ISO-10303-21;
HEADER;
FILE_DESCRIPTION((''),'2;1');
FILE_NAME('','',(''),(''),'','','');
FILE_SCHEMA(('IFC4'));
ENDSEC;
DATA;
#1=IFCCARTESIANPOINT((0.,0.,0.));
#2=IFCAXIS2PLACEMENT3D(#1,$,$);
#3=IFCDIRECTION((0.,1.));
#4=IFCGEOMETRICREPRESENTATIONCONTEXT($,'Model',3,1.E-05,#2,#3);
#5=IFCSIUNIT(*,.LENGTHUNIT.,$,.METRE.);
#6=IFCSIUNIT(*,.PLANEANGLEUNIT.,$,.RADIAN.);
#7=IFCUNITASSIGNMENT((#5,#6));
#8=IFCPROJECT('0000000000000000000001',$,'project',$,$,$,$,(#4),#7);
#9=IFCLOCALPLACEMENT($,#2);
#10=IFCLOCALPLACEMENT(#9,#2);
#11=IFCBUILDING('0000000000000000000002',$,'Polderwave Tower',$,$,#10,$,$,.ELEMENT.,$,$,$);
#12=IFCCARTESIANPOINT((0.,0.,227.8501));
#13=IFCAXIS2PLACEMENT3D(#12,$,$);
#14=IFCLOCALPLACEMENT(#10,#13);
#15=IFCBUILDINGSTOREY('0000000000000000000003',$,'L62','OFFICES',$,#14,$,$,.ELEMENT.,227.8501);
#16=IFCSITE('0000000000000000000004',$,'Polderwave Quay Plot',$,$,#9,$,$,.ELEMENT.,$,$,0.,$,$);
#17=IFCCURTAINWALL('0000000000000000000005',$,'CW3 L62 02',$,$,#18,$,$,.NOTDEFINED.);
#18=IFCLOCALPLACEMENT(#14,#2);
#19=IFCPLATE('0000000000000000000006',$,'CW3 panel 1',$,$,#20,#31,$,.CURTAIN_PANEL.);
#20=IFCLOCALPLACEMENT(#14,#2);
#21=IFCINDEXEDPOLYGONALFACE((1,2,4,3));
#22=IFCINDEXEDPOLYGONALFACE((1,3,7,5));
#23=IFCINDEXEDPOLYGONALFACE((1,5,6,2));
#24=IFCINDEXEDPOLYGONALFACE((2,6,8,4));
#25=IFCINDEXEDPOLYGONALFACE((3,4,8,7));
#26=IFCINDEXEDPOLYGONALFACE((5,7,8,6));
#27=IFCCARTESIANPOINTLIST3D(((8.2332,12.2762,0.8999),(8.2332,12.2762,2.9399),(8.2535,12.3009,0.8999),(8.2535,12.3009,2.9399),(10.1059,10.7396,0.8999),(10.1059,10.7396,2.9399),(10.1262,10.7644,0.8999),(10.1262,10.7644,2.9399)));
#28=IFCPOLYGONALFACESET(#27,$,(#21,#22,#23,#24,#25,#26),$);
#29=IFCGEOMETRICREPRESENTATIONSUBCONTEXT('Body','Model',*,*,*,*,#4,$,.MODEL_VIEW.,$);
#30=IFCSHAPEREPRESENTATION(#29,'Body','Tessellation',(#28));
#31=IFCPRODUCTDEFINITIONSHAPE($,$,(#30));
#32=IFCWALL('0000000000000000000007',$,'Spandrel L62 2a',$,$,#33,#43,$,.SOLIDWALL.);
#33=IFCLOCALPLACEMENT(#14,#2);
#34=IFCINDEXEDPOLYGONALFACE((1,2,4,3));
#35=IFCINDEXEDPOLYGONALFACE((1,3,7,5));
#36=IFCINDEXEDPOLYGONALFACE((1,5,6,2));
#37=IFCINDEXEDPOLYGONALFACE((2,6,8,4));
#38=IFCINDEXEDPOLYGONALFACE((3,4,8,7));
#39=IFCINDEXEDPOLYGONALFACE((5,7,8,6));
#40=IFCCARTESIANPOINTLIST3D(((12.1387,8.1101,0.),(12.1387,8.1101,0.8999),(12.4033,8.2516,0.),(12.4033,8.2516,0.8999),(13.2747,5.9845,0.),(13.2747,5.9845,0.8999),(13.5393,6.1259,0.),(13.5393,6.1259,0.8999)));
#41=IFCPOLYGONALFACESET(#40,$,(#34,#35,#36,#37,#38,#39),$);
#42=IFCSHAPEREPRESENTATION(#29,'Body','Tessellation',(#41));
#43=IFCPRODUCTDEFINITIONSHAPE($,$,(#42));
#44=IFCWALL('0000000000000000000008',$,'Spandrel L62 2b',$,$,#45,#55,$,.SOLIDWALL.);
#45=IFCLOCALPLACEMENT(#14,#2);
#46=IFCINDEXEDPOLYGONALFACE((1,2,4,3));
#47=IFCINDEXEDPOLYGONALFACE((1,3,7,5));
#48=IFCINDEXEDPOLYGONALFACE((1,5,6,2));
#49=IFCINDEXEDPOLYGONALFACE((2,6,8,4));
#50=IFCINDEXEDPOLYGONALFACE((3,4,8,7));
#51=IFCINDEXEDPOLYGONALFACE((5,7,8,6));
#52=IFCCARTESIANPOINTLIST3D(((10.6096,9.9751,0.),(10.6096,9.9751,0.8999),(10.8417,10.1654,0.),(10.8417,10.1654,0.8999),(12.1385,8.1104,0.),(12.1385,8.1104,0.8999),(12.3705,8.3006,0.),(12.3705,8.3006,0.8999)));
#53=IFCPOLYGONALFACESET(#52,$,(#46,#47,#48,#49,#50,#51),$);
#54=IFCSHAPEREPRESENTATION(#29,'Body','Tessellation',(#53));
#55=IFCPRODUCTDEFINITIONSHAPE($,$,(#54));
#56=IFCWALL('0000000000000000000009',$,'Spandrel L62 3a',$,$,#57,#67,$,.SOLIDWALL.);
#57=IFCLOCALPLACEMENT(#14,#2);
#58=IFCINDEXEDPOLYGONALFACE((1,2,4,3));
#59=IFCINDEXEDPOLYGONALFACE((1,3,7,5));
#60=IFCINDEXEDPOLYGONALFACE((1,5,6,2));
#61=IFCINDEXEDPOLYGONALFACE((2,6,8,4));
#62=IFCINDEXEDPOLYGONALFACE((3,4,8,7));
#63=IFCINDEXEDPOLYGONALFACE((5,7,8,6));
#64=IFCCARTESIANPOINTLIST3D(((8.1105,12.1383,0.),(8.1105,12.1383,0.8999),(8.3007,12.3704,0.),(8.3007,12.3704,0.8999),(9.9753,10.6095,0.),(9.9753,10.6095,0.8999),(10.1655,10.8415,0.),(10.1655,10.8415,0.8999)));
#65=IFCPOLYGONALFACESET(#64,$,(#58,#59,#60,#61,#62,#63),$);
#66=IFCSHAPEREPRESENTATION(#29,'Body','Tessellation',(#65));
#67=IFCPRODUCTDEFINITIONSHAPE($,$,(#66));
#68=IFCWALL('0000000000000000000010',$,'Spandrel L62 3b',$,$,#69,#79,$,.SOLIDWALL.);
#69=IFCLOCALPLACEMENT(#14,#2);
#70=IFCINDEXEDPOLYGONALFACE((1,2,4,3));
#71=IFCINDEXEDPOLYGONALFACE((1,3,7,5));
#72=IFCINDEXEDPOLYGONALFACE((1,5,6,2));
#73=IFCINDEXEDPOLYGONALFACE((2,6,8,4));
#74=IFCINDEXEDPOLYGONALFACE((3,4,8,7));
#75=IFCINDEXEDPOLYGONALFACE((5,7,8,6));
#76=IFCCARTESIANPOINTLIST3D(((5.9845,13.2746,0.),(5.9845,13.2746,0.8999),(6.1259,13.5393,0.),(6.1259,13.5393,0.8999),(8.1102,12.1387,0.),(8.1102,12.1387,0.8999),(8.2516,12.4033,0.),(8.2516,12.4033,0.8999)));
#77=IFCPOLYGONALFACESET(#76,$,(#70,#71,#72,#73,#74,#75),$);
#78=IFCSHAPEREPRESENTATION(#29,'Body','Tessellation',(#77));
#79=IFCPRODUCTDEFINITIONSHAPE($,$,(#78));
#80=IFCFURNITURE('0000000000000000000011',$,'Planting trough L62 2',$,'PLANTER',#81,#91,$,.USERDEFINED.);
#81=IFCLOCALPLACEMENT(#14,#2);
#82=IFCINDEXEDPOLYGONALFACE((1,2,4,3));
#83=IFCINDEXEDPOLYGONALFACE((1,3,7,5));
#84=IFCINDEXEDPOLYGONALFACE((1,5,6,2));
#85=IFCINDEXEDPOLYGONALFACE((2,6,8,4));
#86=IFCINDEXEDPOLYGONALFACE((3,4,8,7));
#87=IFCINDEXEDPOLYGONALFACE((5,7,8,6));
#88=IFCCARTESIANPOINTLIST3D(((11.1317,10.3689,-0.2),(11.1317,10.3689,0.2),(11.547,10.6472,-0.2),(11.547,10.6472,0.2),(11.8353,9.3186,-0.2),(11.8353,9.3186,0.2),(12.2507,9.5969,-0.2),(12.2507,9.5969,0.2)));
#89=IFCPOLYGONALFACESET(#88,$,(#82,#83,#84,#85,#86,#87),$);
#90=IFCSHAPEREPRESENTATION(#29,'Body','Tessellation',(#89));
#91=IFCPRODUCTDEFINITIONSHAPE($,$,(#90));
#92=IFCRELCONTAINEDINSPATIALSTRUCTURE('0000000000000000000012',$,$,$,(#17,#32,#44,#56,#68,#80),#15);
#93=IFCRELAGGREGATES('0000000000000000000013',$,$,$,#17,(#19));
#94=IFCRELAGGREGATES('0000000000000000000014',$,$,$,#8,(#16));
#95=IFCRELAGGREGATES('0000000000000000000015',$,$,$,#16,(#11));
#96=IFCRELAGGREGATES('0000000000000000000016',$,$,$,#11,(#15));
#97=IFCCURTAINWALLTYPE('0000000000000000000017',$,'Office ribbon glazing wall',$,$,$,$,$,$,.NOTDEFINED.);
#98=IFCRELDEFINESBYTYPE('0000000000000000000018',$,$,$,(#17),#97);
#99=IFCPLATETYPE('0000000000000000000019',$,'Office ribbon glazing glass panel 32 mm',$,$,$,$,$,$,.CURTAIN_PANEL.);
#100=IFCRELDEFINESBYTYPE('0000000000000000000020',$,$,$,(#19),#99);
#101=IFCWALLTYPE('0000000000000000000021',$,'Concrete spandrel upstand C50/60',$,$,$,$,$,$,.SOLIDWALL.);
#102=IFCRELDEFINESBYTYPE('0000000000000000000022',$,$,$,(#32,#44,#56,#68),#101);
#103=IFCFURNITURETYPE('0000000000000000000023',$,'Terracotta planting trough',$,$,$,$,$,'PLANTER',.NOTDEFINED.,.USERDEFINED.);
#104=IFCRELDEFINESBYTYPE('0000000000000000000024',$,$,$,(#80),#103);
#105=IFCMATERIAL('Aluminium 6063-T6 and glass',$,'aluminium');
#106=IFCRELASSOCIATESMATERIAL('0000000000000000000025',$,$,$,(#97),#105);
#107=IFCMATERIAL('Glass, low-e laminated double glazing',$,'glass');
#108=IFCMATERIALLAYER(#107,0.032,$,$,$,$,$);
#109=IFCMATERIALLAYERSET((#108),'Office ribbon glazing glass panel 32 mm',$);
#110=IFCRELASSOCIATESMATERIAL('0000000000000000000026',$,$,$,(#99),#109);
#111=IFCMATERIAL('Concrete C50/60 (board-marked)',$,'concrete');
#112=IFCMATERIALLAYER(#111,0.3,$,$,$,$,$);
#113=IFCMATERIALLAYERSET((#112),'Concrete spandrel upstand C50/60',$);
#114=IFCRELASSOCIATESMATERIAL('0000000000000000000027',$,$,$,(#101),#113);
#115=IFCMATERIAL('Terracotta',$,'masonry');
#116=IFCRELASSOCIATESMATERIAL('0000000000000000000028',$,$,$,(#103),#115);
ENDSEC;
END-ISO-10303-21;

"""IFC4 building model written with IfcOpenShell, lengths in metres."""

from ifc_helpers import new_model, si_unit, direction, frame, frame_2d, origin, origin_2d, place, context, subcontext, project, spatial, rectangle, extrude, material, layer, layer_set, type_object, element, aggregate, save


model = new_model("IFC4")

# Units and contexts
model_context = context("Model", 3, precision=1e-05, world=origin(), true_north=direction((0.0, 1.0)))
body_context = subcontext(model_context, "Body", "Model", "MODEL_VIEW")
ifc_project = project(units=[si_unit("LENGTHUNIT", "METRE"), si_unit("PLANEANGLEUNIT", "RADIAN")], contexts=[model_context])

# Site, building, storey
site_placement = place(None, origin())
site = spatial("IfcSite", under=ifc_project, at=site_placement, Name="Polderwave Quay Plot", CompositionType="ELEMENT", RefElevation=0.0)
building_placement = place(site_placement, origin())
building = spatial("IfcBuilding", under=site, at=building_placement, Name="Polderwave Tower", CompositionType="ELEMENT")
storey_placement = place(building_placement, frame((0.0, 0.0, 227.8501)))
storey = spatial("IfcBuildingStorey", under=building, at=storey_placement, Name="L62", Description="OFFICES", CompositionType="ELEMENT", Elevation=227.8501)

# Curtain wall
ifc_material_1 = material(Name="Aluminium 6063-T6 and glass", Category="aluminium")
curtain_wall_type = type_object("IfcCurtainWallType", Name="Office ribbon glazing wall", PredefinedType="NOTDEFINED", material=ifc_material_1)
curtain_wall_1_placement = place(storey_placement, origin())
curtain_wall_1 = element("IfcCurtainWall", 1, at=curtain_wall_1_placement, inside=storey, type_object=curtain_wall_type, Name="CW3 L62 02", PredefinedType="NOTDEFINED")

# Plate
ifc_material_2 = material(Name="Glass, low-e laminated double glazing", Category="glass")
ifc_layer_1 = layer(ifc_material_2, 0.032)
ifc_layer_set_1 = layer_set([ifc_layer_1], Name="Office ribbon glazing glass panel 32 mm")
plate_type = type_object("IfcPlateType", Name="Office ribbon glazing glass panel 32 mm", PredefinedType="CURTAIN_PANEL", material=ifc_layer_set_1)
plate_1_placement = place(storey_placement, frame((9.1797, 11.5203, 0.8999), z_axis=(0.0, 0.0, 1.0), x_axis=(-0.773084, 0.634304, 0.0)))
plate_1 = element("IfcPlate", 2, at=plate_1_placement, type_object=plate_type, Name="CW3 panel 1", PredefinedType="CURTAIN_PANEL", context=body_context, shape_type="SweptSolid", body=[
    extrude(rectangle(XDim=2.4224, YDim=0.032, at=origin_2d()), origin(), (0.0, 0.0, 1.0), 2.04),
])
aggregate(curtain_wall_1, [plate_1])

# Walls
ifc_material_3 = material(Name="Concrete C50/60 (board-marked)", Category="concrete")
ifc_layer_2 = layer(ifc_material_3, 0.3)
ifc_layer_set_2 = layer_set([ifc_layer_2], Name="Concrete spandrel upstand C50/60")
wall_type = type_object("IfcWallType", Name="Concrete spandrel upstand C50/60", PredefinedType="SOLIDWALL", material=ifc_layer_set_2)
wall_1_placement = place(storey_placement, frame((13.407, 6.0552, 0.0), z_axis=(0.0, 0.0, 1.0), x_axis=(-0.471319, 0.881963, 0.0)))
element("IfcWall", 3, at=wall_1_placement, inside=storey, type_object=wall_type, Name="Spandrel L62 2a", PredefinedType="SOLIDWALL", context=body_context, shape_type="SweptSolid", body=[
    extrude(rectangle(XDim=2.4102, YDim=0.3, at=frame_2d((1.2051, 0.0))), origin(), (0.0, 0.0, 1.0), 0.8999),
])
for number, where, z_axis, x_axis, name in (
    (4, (12.2544, 8.2056, 0.0), (0.0, 0.0, 1.0), (-0.634009, 0.773325, 0.0), "Spandrel L62 2b"),
    (5, (10.0703, 10.7256, 0.0), (0.0, 0.0, 1.0), (-0.773325, 0.634009, 0.0), "Spandrel L62 3a"),
):
    element("IfcWall", number, at=place(storey_placement, frame(where, z_axis=z_axis, x_axis=x_axis)), inside=storey, type_object=wall_type, Name=name, PredefinedType="SOLIDWALL", context=body_context, shape_type="SweptSolid", body=[
        extrude(rectangle(XDim=2.4114, YDim=0.3, at=frame_2d((1.2056, 0.0))), origin(), (0.0, 0.0, 1.0), 0.8999),
    ])
wall_2_placement = place(storey_placement, frame((8.1809, 12.271, 0.0), z_axis=(0.0, 0.0, 1.0), x_axis=(-0.881963, 0.471319, 0.0)))
element("IfcWall", 6, at=wall_2_placement, inside=storey, type_object=wall_type, Name="Spandrel L62 3b", PredefinedType="SOLIDWALL", context=body_context, shape_type="SweptSolid", body=[
    extrude(rectangle(XDim=2.4102, YDim=0.3, at=frame_2d((1.2051, 0.0))), origin(), (0.0, 0.0, 1.0), 0.8999),
])

# Furniture
ifc_material_4 = material(Name="Terracotta", Category="masonry")
furniture_type = type_object("IfcFurnitureType", Name="Terracotta planting trough", ElementType="PLANTER", AssemblyPlace="NOTDEFINED", PredefinedType="USERDEFINED", material=ifc_material_4)
furniture_placement = place(storey_placement, frame((11.6912, 9.9829, -0.2), z_axis=(0.0, 0.0, 1.0), x_axis=(-0.556599, 0.830781, 0.0)))
element("IfcFurniture", 7, at=furniture_placement, inside=storey, type_object=furniture_type, Name="Planting trough L62 2", ObjectType="PLANTER", PredefinedType="USERDEFINED", context=body_context, shape_type="SweptSolid", body=[
    extrude(rectangle(XDim=1.2642, YDim=0.5, at=origin_2d()), origin(), (0.0, 0.0, 1.0), 0.3999),
])

save(model, "model.ifc")
